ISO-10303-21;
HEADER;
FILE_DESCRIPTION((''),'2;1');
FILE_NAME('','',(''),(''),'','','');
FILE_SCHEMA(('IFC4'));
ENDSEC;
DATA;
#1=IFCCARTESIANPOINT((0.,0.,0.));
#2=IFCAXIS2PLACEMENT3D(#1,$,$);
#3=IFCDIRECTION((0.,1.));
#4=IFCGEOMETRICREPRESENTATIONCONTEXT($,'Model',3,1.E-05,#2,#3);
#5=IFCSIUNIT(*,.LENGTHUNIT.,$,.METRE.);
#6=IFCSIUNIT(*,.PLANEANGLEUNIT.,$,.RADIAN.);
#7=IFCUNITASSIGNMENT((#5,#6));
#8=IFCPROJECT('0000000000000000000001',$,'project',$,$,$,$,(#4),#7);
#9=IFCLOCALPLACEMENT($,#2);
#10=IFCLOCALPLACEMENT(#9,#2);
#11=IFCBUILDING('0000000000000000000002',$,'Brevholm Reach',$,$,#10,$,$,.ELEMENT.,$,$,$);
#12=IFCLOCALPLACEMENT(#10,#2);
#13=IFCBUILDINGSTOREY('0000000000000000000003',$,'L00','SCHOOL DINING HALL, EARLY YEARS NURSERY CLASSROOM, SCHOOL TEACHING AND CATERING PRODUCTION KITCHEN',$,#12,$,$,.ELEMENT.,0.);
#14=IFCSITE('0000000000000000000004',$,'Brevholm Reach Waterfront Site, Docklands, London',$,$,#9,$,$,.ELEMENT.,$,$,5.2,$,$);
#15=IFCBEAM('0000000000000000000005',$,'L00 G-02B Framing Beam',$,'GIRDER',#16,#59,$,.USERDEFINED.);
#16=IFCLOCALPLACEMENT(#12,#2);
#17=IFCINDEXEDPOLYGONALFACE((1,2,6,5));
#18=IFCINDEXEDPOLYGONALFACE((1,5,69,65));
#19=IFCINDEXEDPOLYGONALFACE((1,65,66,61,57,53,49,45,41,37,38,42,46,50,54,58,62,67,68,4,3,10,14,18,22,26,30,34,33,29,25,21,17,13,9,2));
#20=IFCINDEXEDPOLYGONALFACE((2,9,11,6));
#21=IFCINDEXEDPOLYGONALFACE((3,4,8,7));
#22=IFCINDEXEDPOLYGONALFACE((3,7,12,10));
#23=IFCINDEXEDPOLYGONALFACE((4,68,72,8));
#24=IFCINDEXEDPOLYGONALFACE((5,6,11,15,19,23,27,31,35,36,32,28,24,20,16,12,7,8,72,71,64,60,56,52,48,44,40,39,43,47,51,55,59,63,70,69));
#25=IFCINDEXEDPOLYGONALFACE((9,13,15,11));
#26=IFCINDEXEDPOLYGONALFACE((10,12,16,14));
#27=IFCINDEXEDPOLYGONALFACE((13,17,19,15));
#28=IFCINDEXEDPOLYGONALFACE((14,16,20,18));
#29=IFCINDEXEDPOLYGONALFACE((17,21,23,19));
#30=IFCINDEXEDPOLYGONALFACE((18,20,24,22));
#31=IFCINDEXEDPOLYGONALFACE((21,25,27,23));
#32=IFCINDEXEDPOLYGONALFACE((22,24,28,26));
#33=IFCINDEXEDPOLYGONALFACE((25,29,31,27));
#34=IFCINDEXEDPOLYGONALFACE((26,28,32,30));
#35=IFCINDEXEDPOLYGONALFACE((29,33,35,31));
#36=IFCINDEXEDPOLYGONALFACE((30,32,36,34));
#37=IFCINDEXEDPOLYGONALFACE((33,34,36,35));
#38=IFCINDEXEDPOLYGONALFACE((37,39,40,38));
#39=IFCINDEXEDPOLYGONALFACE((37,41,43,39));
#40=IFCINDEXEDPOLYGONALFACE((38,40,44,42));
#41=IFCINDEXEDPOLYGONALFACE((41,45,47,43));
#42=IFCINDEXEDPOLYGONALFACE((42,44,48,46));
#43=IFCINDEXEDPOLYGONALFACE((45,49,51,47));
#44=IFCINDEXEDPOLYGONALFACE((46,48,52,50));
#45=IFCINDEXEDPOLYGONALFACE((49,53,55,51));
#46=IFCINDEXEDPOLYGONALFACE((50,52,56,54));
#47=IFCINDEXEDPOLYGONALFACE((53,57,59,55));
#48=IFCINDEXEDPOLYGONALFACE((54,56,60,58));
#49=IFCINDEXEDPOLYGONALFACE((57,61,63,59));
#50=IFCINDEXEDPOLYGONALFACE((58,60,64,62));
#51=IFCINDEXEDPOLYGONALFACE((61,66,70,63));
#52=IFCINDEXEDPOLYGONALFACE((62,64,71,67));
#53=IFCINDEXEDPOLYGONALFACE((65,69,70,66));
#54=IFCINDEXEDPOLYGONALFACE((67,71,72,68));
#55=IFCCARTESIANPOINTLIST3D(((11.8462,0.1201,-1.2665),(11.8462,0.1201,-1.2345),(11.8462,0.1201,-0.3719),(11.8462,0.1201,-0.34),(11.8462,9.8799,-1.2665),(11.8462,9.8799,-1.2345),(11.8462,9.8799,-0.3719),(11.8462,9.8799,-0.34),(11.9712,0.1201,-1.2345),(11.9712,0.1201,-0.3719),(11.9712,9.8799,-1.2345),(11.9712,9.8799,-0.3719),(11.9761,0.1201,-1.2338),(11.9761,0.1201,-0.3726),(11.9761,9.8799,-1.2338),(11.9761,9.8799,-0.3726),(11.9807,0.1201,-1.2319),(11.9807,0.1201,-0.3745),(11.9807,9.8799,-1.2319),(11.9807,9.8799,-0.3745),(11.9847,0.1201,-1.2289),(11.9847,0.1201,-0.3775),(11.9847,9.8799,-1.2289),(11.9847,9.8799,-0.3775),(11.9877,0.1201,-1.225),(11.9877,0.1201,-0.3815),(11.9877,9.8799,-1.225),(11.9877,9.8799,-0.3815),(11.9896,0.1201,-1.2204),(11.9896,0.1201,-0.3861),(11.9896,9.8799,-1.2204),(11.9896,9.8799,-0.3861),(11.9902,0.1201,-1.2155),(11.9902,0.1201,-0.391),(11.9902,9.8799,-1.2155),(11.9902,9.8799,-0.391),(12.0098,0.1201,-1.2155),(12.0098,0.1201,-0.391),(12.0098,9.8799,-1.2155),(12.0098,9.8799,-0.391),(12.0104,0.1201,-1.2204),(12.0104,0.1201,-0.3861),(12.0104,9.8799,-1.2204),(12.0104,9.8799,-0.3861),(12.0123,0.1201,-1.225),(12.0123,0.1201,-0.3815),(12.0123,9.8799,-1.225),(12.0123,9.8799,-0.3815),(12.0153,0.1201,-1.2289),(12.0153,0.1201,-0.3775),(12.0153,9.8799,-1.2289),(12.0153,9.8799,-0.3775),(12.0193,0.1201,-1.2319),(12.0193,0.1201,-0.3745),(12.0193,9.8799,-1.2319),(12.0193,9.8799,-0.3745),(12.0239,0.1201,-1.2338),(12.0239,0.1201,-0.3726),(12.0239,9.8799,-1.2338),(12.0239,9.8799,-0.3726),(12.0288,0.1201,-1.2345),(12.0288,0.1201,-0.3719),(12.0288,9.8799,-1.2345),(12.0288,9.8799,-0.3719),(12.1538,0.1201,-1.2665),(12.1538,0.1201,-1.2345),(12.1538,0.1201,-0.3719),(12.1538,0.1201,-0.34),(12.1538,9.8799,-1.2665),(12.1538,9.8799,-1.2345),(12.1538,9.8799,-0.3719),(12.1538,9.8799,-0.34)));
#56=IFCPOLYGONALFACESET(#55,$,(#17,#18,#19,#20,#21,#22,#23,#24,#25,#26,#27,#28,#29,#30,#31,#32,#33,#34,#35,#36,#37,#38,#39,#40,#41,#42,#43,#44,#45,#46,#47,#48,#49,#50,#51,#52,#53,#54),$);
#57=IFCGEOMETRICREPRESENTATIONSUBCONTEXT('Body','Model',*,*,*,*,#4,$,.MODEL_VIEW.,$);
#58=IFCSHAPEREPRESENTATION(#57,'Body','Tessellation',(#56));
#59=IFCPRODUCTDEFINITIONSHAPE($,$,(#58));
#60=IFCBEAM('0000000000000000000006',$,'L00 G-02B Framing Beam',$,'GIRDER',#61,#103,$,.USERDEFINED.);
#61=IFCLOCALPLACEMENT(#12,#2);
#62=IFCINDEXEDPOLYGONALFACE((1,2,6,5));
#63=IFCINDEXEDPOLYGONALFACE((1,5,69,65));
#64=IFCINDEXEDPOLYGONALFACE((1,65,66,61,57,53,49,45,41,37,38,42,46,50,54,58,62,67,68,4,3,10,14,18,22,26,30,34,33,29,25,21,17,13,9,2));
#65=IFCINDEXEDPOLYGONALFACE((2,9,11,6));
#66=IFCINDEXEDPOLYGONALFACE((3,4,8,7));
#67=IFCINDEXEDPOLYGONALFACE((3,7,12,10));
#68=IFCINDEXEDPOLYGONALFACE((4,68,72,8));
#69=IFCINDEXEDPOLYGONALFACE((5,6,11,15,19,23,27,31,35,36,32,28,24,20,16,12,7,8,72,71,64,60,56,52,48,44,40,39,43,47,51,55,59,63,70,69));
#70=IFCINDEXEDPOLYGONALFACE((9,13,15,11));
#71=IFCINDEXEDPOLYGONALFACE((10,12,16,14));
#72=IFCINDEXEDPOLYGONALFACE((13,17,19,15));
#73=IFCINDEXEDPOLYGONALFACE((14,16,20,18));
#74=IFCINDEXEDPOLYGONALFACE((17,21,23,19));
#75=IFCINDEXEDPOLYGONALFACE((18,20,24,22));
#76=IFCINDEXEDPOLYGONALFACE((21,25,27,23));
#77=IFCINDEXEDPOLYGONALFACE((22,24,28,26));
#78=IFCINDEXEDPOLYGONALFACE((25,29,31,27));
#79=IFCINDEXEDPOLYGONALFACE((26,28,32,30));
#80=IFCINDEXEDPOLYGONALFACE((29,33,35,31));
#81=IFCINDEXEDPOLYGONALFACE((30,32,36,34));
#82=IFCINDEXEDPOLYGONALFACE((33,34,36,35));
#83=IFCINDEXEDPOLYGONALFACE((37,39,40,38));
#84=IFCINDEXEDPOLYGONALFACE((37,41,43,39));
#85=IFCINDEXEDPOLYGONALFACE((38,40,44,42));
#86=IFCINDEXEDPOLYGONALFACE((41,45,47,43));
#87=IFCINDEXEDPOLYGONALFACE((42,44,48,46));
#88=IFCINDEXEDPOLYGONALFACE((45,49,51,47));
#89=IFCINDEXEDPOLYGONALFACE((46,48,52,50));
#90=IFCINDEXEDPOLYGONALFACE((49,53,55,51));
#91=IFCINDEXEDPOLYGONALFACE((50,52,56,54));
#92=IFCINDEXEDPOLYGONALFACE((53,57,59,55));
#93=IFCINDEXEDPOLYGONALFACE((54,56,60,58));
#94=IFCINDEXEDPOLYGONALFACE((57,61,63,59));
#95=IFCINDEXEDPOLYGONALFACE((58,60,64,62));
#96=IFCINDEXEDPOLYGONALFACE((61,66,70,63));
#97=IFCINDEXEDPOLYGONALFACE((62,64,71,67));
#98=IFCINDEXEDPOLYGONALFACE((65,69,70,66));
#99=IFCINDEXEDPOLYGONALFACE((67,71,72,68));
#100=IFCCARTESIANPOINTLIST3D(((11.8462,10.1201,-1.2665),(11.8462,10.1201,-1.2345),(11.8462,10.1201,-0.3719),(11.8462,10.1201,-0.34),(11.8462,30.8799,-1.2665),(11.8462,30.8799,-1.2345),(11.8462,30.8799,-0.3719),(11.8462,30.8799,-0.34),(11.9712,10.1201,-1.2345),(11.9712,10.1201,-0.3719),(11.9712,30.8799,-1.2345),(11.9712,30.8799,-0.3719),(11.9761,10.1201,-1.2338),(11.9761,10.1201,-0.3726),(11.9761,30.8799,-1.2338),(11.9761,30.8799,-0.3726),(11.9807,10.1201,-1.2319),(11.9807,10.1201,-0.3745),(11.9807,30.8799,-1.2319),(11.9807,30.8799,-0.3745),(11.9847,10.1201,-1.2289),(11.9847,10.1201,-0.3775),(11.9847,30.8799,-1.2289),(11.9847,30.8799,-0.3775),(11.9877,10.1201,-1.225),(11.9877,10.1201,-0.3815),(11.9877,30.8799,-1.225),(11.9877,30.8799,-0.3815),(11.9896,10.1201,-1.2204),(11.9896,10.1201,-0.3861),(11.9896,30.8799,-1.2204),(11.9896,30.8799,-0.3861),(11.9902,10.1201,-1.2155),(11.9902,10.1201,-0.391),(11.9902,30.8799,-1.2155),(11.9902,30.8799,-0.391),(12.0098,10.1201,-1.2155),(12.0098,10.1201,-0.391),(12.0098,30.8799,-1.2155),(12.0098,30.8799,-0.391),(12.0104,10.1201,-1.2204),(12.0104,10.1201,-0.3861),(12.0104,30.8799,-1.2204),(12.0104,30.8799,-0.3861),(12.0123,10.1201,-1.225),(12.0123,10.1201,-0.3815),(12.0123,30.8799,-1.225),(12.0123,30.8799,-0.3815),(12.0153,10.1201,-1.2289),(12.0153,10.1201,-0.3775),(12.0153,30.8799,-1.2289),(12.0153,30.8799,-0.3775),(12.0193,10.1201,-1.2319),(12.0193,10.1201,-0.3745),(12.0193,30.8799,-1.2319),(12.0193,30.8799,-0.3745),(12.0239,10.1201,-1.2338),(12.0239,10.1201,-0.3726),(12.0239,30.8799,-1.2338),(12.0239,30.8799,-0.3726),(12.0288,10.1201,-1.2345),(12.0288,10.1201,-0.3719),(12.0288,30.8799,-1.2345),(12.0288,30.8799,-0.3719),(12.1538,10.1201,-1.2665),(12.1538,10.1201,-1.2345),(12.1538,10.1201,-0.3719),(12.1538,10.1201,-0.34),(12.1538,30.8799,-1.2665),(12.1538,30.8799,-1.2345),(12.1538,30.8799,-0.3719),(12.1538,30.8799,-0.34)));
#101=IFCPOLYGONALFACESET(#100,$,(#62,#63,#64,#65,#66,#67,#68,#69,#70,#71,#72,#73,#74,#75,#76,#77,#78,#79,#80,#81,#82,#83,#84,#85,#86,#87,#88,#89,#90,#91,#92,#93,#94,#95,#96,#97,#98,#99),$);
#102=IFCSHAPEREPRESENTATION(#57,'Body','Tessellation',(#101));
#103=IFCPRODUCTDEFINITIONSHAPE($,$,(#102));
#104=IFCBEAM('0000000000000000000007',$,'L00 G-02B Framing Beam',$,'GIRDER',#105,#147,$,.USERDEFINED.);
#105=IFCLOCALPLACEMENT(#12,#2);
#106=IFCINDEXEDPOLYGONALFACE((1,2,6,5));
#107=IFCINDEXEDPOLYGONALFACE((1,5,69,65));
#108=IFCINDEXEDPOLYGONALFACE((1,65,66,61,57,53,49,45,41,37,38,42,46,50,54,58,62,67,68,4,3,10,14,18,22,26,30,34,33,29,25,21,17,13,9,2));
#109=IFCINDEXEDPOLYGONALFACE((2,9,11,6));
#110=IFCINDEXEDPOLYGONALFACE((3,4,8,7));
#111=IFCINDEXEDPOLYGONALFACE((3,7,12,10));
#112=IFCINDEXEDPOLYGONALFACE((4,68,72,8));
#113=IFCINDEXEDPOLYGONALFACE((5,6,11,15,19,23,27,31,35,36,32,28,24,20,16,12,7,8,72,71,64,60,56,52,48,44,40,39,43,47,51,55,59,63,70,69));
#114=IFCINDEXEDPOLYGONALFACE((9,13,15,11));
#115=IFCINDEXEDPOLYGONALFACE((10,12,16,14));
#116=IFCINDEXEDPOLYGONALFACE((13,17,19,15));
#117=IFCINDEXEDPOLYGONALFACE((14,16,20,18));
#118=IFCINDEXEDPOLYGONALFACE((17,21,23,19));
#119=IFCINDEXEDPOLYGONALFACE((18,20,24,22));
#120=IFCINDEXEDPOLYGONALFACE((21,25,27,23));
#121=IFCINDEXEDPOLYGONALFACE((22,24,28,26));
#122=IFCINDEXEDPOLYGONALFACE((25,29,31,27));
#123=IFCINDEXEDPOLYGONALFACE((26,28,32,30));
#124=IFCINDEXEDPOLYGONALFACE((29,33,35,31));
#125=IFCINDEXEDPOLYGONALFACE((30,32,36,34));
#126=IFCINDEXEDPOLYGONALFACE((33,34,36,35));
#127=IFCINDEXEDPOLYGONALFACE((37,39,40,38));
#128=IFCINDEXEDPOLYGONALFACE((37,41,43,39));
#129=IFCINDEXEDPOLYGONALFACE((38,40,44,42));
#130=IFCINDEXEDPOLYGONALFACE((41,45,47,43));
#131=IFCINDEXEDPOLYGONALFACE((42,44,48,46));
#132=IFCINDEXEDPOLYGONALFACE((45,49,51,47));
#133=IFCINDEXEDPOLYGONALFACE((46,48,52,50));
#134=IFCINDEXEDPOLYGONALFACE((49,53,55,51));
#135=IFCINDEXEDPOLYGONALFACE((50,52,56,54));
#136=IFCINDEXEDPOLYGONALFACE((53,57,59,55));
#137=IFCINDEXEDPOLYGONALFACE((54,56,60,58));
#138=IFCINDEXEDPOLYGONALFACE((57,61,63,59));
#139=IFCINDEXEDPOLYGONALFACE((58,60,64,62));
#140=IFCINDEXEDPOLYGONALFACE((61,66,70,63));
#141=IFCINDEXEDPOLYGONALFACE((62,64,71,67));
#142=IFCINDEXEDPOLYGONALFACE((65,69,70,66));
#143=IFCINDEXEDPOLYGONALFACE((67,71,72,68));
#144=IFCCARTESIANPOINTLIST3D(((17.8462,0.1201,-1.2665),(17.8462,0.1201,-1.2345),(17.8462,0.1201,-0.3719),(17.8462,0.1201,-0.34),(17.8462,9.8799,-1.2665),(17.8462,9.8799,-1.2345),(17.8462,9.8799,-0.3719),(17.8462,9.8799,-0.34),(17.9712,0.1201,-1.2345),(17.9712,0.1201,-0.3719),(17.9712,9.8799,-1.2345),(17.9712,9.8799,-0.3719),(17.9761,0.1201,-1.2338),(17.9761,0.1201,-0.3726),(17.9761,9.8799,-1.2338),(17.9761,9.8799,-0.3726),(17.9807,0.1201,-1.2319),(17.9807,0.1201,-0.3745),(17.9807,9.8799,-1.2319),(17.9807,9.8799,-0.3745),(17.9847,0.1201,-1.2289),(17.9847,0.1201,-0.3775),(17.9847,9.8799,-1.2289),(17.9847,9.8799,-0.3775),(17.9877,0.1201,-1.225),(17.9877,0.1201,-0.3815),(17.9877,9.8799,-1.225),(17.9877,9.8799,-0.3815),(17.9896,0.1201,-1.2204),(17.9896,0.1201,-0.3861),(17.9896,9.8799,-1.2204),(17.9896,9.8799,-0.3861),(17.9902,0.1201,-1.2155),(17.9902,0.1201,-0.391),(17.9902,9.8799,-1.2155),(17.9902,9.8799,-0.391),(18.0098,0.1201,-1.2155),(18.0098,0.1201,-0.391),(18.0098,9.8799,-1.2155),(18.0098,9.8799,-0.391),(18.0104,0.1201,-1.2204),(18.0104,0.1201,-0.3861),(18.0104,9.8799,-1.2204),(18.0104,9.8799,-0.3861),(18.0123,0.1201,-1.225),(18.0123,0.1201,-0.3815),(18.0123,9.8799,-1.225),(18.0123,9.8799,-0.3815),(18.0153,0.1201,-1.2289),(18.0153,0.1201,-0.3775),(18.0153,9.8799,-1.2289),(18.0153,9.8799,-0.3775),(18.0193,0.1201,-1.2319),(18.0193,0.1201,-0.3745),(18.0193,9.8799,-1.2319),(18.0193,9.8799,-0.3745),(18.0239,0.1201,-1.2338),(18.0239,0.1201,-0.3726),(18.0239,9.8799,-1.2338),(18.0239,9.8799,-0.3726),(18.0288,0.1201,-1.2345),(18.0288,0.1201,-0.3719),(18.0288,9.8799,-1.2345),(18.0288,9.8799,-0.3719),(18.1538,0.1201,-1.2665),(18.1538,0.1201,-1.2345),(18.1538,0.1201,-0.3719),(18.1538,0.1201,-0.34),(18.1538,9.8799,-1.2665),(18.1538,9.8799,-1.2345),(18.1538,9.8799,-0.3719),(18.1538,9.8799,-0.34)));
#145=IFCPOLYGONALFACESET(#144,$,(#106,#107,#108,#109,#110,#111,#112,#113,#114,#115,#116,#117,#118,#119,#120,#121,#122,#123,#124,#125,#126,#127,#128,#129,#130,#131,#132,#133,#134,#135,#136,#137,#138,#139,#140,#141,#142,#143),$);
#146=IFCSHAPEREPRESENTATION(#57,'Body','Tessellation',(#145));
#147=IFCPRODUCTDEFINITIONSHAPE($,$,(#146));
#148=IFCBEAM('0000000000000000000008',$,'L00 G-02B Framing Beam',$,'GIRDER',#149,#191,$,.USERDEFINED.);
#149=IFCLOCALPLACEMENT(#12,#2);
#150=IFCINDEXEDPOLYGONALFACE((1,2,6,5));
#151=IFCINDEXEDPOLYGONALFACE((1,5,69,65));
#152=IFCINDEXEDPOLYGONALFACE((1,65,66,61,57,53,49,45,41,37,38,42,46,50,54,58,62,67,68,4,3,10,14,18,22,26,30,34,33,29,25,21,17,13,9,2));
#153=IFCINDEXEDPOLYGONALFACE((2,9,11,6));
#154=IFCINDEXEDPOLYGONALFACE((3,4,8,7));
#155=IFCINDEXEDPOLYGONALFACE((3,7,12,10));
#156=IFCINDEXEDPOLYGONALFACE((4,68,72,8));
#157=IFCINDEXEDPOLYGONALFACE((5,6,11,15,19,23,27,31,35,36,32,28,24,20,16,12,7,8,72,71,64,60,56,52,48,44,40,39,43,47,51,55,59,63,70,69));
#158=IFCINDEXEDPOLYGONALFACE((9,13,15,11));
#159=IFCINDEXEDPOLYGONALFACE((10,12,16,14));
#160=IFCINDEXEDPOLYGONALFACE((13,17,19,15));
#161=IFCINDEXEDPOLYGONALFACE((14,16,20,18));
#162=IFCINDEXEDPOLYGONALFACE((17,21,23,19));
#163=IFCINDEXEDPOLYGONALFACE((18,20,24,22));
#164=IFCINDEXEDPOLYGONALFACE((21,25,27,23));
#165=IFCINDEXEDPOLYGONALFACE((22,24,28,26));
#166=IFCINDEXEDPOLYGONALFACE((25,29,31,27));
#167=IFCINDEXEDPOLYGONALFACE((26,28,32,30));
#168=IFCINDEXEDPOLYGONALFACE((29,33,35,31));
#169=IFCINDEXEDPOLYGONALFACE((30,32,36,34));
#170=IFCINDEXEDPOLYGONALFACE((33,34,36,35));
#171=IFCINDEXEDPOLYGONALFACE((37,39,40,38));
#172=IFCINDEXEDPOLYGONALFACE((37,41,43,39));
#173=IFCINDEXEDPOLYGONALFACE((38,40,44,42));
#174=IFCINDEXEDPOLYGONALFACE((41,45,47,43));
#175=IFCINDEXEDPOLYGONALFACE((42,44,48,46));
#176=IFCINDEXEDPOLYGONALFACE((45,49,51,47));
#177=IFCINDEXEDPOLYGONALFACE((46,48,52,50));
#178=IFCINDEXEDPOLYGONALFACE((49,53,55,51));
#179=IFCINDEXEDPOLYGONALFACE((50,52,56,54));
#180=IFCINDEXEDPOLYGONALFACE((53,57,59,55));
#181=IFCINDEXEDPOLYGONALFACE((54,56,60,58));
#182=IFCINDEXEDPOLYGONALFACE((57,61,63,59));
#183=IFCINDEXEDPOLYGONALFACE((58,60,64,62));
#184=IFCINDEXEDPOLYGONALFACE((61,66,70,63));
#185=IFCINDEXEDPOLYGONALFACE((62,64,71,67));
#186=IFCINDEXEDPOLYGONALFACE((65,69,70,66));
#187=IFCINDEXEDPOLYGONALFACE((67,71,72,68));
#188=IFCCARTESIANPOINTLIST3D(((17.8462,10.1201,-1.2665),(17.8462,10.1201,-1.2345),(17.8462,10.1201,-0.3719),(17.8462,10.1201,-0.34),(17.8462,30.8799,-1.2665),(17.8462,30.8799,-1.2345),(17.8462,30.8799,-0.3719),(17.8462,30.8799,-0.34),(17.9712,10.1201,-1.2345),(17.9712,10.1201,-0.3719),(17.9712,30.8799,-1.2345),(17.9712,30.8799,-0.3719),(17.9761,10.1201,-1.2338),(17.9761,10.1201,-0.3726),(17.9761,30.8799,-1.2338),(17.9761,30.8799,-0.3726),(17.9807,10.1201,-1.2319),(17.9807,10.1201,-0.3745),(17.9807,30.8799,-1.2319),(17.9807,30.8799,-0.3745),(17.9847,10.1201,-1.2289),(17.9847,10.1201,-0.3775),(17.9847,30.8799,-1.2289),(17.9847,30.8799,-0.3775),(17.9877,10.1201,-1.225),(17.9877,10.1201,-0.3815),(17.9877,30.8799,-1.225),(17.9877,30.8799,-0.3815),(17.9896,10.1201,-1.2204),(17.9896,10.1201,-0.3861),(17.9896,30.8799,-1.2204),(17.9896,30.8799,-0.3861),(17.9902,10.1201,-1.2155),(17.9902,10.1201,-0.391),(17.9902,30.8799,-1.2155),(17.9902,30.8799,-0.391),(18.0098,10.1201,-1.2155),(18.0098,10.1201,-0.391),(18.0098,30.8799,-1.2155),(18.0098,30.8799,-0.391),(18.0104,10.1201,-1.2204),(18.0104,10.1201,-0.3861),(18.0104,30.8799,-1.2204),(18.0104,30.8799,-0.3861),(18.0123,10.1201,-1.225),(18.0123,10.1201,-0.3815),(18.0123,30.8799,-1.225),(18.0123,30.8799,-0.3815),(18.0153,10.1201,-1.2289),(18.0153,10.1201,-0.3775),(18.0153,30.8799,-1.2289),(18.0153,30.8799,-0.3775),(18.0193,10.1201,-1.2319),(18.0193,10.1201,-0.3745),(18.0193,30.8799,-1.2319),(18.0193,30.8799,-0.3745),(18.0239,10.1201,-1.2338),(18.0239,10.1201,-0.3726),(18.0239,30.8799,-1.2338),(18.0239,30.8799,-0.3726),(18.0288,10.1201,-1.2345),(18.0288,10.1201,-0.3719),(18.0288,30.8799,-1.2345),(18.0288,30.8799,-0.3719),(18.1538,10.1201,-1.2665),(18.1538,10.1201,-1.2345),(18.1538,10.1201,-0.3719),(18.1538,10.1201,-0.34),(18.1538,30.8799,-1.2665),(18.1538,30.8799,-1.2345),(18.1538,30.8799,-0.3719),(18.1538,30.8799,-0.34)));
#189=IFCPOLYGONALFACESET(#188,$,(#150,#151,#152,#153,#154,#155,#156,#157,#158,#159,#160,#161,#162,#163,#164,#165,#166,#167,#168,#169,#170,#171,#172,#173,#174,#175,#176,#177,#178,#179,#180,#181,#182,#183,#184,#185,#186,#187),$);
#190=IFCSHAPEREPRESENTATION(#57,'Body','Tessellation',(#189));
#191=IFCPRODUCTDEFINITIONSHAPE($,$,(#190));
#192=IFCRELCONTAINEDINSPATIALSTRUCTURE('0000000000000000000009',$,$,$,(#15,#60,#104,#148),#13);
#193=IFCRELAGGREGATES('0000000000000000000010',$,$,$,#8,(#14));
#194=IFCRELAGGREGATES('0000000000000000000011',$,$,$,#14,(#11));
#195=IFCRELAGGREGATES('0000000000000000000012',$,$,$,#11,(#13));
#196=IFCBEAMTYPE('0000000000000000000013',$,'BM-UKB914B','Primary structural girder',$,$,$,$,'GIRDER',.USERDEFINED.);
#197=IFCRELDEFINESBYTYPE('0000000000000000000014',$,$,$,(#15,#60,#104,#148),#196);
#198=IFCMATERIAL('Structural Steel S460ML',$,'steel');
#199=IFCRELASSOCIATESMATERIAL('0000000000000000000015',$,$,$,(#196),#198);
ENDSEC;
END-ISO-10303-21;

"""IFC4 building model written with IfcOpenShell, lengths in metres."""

from ifc_helpers import new_model, si_unit, direction, frame, origin, origin_2d, place, context, subcontext, project, spatial, i_section, extrude, material, material_profile, profile_set, type_object, element, save


model = new_model("IFC4")

# Units and contexts
model_context = context("Model", 3, precision=1e-05, world=origin(), true_north=direction((0.0, 1.0)))
body_context = subcontext(model_context, "Body", "Model", "MODEL_VIEW")
ifc_project = project(units=[si_unit("LENGTHUNIT", "METRE"), si_unit("PLANEANGLEUNIT", "RADIAN")], contexts=[model_context])

# Site, building, storey
site_placement = place(None, origin())
site = spatial("IfcSite", under=ifc_project, at=site_placement, Name="Brevholm Reach Waterfront Site, Docklands, London", CompositionType="ELEMENT", RefElevation=5.2)
building_placement = place(site_placement, origin())
building = spatial("IfcBuilding", under=site, at=building_placement, Name="Brevholm Reach", CompositionType="ELEMENT")
storey_placement = place(building_placement, origin())
storey = spatial("IfcBuildingStorey", under=building, at=storey_placement, Name="L00", Description="SCHOOL DINING HALL, EARLY YEARS NURSERY CLASSROOM, SCHOOL TEACHING AND CATERING PRODUCTION KITCHEN", CompositionType="ELEMENT", Elevation=0.0)

# Beams
ifc_material_1 = material(Name="Structural Steel S460ML", Category="steel")
ifc_material_profile_1 = material_profile(ifc_material_1, i_section(OverallWidth=0.3076, OverallDepth=0.9265, WebThickness=0.0195, FlangeThickness=0.032, FilletRadius=0.019, at=origin_2d()), Name="UKB 914x305x289")
ifc_profile_set_1 = profile_set([ifc_material_profile_1], Name="Structural Steel S460ML")
beam_type_1 = type_object("IfcBeamType", Name="BM-UKB914B", Description="Primary structural girder", ElementType="GIRDER", PredefinedType="USERDEFINED", material=ifc_profile_set_1)
beam_1_placement = place(storey_placement, frame((12.0, 0.1201, -0.8032), z_axis=(0.0, 1.0, 0.0), x_axis=(-1.0, 0.0, 0.0)))
element("IfcBeam", 1, at=beam_1_placement, inside=storey, type_object=beam_type_1, Name="L00 G-02B Framing Beam", ObjectType="GIRDER", PredefinedType="USERDEFINED", context=body_context, shape_type="SweptSolid", body=[
    extrude(i_section(OverallWidth=0.3076, OverallDepth=0.9265, WebThickness=0.0195, FlangeThickness=0.032, FilletRadius=0.019, at=origin_2d()), origin(), (0.0, 0.0, 1.0), 9.7598),
])
beam_2_placement = place(storey_placement, frame((12.0, 10.1201, -0.8032), z_axis=(0.0, 1.0, 0.0), x_axis=(-1.0, 0.0, 0.0)))
element("IfcBeam", 2, at=beam_2_placement, inside=storey, type_object=beam_type_1, Name="L00 G-02B Framing Beam", ObjectType="GIRDER", PredefinedType="USERDEFINED", context=body_context, shape_type="SweptSolid", body=[
    extrude(i_section(OverallWidth=0.3076, OverallDepth=0.9265, WebThickness=0.0195, FlangeThickness=0.032, FilletRadius=0.019, at=origin_2d()), origin(), (0.0, 0.0, 1.0), 20.7598),
])
beam_3_placement = place(storey_placement, frame((18.0, 0.1201, -0.8032), z_axis=(0.0, 1.0, 0.0), x_axis=(-1.0, 0.0, 0.0)))
element("IfcBeam", 3, at=beam_3_placement, inside=storey, type_object=beam_type_1, Name="L00 G-02B Framing Beam", ObjectType="GIRDER", PredefinedType="USERDEFINED", context=body_context, shape_type="SweptSolid", body=[
    extrude(i_section(OverallWidth=0.3076, OverallDepth=0.9265, WebThickness=0.0195, FlangeThickness=0.032, FilletRadius=0.019, at=origin_2d()), origin(), (0.0, 0.0, 1.0), 9.7598),
])
beam_4_placement = place(storey_placement, frame((18.0, 10.1201, -0.8032), z_axis=(0.0, 1.0, 0.0), x_axis=(-1.0, 0.0, 0.0)))
element("IfcBeam", 4, at=beam_4_placement, inside=storey, type_object=beam_type_1, Name="L00 G-02B Framing Beam", ObjectType="GIRDER", PredefinedType="USERDEFINED", context=body_context, shape_type="SweptSolid", body=[
    extrude(i_section(OverallWidth=0.3076, OverallDepth=0.9265, WebThickness=0.0195, FlangeThickness=0.032, FilletRadius=0.019, at=origin_2d()), origin(), (0.0, 0.0, 1.0), 20.7598),
])

save(model, "model.ifc")
